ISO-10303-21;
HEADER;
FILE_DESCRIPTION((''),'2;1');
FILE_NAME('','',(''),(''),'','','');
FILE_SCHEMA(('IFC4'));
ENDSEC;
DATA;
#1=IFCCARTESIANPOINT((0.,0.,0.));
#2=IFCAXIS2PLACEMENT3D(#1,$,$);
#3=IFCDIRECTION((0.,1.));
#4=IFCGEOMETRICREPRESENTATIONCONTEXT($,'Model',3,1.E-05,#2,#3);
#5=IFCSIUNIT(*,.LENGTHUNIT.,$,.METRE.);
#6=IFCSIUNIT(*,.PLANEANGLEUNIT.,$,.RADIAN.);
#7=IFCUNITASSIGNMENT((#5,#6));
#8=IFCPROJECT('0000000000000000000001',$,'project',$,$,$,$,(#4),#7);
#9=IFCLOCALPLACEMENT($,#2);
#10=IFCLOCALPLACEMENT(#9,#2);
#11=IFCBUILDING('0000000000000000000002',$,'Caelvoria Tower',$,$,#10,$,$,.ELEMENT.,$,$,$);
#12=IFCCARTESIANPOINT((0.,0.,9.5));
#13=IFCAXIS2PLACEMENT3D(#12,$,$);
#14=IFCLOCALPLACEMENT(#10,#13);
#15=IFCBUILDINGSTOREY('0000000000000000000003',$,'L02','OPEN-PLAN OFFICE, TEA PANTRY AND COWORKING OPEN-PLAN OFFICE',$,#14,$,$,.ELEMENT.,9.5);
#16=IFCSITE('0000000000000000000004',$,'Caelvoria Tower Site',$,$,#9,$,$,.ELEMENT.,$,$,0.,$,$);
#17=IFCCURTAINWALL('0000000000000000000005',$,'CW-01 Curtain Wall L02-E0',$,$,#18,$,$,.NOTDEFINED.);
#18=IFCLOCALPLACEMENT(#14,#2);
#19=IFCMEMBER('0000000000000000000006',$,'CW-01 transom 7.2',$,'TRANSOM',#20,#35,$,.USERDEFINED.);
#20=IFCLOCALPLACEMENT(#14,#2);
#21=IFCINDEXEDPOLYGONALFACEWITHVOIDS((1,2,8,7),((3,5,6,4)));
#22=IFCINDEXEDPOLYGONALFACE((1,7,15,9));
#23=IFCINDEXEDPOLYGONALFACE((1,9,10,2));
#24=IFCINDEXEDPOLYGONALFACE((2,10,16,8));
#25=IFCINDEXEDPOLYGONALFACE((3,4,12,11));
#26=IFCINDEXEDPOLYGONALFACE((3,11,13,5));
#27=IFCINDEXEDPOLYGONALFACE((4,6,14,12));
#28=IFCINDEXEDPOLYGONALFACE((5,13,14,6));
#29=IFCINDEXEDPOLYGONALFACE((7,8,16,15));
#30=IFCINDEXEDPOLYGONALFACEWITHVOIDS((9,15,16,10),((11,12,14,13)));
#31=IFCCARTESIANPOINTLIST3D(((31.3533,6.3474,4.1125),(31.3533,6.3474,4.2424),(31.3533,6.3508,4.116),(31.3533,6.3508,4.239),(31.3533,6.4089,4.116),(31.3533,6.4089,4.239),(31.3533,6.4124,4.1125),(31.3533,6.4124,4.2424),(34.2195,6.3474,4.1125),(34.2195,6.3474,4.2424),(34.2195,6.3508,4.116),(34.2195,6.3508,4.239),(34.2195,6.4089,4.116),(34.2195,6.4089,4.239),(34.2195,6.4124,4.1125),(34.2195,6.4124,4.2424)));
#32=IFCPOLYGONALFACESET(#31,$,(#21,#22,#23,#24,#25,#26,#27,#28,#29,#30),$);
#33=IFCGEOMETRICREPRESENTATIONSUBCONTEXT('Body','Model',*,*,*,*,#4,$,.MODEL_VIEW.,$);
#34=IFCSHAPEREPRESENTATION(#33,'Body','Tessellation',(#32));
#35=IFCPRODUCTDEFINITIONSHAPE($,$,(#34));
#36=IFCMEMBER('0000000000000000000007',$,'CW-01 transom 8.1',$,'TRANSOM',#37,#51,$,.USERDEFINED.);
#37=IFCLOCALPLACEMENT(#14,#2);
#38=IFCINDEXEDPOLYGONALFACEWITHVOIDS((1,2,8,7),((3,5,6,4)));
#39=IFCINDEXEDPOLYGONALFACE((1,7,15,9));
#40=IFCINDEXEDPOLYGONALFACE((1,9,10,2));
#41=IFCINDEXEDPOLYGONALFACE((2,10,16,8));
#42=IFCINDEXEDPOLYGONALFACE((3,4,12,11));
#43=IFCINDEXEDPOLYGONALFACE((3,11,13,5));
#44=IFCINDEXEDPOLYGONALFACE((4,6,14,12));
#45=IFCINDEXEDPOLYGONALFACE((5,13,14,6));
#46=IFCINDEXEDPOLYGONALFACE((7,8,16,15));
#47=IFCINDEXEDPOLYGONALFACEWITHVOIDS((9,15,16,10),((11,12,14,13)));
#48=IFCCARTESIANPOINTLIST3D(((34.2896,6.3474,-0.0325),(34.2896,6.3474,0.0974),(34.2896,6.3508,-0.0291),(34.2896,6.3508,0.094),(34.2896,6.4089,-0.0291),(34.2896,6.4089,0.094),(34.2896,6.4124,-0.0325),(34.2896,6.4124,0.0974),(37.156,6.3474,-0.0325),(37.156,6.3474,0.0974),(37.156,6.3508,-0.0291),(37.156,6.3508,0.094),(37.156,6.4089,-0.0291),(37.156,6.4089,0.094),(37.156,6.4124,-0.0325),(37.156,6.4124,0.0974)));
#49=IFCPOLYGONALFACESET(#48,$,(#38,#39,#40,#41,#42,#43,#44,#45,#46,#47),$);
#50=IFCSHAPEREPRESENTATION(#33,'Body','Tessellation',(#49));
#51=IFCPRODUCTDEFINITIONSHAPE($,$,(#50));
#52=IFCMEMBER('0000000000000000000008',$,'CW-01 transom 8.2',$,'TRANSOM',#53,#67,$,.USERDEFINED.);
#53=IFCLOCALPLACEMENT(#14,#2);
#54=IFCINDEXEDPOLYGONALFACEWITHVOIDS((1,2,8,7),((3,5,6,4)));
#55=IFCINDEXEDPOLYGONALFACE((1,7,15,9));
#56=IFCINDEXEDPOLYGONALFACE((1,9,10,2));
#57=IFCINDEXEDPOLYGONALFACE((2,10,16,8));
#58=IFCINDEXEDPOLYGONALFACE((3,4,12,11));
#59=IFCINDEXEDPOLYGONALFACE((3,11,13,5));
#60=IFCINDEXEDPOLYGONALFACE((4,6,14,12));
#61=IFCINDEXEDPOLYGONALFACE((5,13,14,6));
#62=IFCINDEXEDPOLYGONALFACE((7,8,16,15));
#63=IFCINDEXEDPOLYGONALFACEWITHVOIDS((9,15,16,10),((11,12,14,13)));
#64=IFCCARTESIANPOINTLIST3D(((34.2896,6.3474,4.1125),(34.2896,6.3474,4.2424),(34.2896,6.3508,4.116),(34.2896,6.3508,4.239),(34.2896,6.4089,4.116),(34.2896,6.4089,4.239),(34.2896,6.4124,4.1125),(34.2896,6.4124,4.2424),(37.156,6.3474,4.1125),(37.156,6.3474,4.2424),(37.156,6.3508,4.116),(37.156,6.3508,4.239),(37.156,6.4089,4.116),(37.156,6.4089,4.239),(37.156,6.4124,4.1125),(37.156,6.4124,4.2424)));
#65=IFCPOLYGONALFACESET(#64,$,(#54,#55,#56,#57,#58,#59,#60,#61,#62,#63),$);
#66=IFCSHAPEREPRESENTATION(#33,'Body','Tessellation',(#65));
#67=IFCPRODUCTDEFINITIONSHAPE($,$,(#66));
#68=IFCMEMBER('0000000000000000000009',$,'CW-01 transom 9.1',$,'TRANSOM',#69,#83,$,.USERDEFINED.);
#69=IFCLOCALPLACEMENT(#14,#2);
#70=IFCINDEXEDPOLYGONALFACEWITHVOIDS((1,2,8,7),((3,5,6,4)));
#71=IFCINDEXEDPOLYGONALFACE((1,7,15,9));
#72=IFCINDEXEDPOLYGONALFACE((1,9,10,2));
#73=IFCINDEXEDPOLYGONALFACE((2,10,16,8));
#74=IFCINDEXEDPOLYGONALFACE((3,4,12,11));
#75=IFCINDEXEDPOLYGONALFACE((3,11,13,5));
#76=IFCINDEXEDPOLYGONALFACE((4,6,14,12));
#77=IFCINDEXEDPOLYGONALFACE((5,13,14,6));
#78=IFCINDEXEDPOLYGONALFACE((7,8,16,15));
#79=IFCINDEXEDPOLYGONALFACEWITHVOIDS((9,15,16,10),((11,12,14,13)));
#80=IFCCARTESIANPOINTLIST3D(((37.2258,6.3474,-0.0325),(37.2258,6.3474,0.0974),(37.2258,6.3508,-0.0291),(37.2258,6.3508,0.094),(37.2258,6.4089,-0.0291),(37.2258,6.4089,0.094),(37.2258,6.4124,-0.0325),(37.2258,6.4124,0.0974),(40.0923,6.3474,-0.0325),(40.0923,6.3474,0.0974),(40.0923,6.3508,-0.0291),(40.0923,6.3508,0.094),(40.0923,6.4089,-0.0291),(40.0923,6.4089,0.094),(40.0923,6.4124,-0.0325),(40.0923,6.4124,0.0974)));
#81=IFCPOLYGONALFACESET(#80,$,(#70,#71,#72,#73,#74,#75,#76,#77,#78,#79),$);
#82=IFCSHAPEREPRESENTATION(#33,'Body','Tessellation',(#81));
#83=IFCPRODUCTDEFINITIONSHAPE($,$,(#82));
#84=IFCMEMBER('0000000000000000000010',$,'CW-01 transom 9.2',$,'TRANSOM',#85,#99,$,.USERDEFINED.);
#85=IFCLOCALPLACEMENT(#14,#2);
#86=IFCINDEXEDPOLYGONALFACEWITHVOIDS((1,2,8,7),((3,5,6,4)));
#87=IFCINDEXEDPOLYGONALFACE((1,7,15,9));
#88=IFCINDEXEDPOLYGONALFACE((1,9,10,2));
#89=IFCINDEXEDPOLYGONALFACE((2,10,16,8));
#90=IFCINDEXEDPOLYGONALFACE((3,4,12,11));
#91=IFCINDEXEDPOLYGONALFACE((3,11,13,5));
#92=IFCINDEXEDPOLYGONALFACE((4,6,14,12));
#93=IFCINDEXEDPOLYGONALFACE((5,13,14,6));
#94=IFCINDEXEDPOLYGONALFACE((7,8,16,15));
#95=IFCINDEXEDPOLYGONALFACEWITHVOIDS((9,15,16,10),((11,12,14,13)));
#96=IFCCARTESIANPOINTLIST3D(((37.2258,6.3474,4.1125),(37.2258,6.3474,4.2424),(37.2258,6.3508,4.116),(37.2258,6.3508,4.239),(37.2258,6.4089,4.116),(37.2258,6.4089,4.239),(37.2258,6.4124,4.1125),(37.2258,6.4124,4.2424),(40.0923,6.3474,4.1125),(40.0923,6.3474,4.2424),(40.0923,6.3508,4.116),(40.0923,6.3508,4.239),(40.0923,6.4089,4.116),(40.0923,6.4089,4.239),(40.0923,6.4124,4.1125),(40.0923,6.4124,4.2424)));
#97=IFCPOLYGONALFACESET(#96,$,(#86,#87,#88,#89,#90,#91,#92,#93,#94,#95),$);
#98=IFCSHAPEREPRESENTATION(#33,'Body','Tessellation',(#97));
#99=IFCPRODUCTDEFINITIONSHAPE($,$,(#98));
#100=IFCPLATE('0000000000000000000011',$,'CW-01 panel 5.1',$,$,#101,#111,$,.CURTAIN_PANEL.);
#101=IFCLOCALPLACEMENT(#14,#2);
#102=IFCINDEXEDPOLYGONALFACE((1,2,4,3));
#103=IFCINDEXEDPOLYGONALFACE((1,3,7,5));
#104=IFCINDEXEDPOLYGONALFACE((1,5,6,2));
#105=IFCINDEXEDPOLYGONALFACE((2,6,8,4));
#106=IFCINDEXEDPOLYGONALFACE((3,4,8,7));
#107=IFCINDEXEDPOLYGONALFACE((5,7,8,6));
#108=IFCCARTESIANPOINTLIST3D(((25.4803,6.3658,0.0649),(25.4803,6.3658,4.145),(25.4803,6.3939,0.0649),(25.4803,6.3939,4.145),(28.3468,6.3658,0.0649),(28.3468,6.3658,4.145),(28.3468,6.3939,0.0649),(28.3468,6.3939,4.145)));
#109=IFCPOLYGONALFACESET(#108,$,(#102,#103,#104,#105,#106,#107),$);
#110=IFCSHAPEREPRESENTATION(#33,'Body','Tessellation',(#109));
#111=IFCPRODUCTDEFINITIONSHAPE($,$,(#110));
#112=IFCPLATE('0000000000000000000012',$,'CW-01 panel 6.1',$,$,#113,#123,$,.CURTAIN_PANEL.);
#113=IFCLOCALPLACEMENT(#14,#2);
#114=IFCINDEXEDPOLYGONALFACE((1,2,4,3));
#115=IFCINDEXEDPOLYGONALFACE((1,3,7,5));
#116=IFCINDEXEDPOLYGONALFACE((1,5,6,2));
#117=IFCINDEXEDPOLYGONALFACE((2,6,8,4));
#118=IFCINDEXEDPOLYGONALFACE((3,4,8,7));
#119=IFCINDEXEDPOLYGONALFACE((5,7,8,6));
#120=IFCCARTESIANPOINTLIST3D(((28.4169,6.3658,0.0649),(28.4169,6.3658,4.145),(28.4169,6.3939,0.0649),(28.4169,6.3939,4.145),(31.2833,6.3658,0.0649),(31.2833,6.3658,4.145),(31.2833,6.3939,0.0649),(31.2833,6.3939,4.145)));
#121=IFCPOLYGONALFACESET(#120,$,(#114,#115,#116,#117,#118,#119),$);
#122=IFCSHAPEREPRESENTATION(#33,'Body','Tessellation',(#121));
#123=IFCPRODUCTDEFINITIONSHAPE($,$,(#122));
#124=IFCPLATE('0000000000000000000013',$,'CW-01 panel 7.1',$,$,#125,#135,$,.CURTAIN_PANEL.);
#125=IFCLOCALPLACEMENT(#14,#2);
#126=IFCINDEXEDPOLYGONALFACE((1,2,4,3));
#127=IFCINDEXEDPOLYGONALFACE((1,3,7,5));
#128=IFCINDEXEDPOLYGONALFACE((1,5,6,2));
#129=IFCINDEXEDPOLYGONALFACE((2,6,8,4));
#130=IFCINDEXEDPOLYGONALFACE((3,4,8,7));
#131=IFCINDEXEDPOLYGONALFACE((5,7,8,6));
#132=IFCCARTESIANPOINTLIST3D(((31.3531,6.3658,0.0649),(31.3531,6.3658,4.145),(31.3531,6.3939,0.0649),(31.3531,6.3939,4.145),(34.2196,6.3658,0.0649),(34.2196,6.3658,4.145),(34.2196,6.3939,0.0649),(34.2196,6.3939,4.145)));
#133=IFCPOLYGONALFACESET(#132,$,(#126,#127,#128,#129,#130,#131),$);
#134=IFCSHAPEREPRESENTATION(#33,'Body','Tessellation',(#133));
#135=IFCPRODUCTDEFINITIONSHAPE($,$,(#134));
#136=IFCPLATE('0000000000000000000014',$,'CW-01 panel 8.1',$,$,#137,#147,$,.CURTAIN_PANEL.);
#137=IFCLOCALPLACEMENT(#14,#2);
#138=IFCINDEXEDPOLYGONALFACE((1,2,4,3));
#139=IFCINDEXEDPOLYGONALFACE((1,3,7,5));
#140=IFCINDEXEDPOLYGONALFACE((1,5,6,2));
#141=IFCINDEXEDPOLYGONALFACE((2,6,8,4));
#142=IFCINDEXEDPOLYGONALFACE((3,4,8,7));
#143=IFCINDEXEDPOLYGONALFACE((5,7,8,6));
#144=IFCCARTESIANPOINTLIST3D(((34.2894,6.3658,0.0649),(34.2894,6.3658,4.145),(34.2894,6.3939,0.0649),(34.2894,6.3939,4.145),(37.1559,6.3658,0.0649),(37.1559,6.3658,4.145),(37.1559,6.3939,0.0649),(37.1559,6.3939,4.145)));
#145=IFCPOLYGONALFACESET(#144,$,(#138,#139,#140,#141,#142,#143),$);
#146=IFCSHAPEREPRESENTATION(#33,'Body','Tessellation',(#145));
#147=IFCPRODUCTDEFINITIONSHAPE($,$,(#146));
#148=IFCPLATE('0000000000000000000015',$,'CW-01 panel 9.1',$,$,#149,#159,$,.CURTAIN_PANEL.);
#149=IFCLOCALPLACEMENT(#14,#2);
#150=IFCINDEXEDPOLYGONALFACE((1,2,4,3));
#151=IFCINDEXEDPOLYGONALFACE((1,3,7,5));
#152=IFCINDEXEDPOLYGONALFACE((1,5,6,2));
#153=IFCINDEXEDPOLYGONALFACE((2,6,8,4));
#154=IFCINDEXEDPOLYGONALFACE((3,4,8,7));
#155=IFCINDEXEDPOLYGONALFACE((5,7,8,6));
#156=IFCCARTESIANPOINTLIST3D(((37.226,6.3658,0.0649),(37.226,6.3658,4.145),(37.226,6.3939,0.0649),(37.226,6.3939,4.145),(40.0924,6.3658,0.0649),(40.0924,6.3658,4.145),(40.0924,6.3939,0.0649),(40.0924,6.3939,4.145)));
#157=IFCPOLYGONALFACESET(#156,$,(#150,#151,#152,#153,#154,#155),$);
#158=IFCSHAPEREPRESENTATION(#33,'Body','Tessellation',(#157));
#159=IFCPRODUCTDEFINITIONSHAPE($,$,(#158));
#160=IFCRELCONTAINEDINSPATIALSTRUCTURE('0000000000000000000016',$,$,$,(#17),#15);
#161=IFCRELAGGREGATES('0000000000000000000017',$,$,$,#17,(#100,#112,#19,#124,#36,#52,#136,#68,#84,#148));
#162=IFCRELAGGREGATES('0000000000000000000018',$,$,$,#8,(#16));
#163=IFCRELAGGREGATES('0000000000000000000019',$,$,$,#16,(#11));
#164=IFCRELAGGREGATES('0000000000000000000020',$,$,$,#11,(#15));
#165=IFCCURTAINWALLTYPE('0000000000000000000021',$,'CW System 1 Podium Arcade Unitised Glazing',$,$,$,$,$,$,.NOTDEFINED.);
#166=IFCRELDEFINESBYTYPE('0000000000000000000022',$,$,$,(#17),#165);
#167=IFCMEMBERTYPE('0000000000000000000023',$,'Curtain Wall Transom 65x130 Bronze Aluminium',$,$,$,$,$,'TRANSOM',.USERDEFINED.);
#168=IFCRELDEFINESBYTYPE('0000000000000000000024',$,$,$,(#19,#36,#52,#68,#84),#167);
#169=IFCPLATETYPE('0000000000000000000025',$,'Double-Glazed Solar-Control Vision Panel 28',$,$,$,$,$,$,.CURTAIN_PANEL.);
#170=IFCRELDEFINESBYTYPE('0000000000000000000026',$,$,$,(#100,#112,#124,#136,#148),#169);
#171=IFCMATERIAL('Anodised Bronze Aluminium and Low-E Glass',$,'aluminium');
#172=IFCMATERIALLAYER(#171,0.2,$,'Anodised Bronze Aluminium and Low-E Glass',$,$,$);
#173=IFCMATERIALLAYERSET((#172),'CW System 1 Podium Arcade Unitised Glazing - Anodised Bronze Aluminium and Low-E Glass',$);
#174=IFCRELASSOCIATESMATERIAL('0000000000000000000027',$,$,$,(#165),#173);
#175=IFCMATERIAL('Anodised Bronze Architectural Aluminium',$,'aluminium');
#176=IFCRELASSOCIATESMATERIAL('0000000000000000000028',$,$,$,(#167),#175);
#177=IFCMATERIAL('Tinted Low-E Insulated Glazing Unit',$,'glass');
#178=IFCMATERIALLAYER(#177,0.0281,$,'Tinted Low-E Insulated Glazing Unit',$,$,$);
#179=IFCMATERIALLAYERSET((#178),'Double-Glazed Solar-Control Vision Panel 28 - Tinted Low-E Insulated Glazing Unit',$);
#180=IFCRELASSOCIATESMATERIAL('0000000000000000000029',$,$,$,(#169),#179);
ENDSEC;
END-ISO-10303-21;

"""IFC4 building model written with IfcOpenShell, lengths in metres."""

from ifc_helpers import new_model, si_unit, direction, frame, origin, origin_2d, place, context, subcontext, project, spatial, rectangle, hollow_rectangle, extrude, material, layer, layer_set, material_profile, profile_set, type_object, element, aggregate, save


model = new_model("IFC4")

# Units and contexts
model_context = context("Model", 3, precision=1e-05, world=origin(), true_north=direction((0.0, 1.0)))
body_context = subcontext(model_context, "Body", "Model", "MODEL_VIEW")
ifc_project = project(units=[si_unit("LENGTHUNIT", "METRE"), si_unit("PLANEANGLEUNIT", "RADIAN")], contexts=[model_context])

# Site, building, storey
site_placement = place(None, origin())
site = spatial("IfcSite", under=ifc_project, at=site_placement, Name="Caelvoria Tower Site", CompositionType="ELEMENT", RefElevation=0.0)
building_placement = place(site_placement, origin())
building = spatial("IfcBuilding", under=site, at=building_placement, Name="Caelvoria Tower", CompositionType="ELEMENT")
storey_placement = place(building_placement, frame((0.0, 0.0, 9.5)))
storey = spatial("IfcBuildingStorey", under=building, at=storey_placement, Name="L02", Description="OPEN-PLAN OFFICE, TEA PANTRY AND COWORKING OPEN-PLAN OFFICE", CompositionType="ELEMENT", Elevation=9.5)

# Curtain wall, members, plates
ifc_material_1 = material(Name="Anodised Bronze Aluminium and Low-E Glass", Category="aluminium")
ifc_layer_1 = layer(ifc_material_1, 0.2, Name="Anodised Bronze Aluminium and Low-E Glass")
ifc_layer_set_1 = layer_set([ifc_layer_1], Name="CW System 1 Podium Arcade Unitised Glazing - Anodised Bronze Aluminium and Low-E Glass")
curtain_wall_type = type_object("IfcCurtainWallType", Name="CW System 1 Podium Arcade Unitised Glazing", PredefinedType="NOTDEFINED", material=ifc_layer_set_1)
curtain_wall_placement = place(storey_placement, origin())
curtain_wall = element("IfcCurtainWall", 1, at=curtain_wall_placement, inside=storey, type_object=curtain_wall_type, Name="CW-01 Curtain Wall L02-E0", PredefinedType="NOTDEFINED")
ifc_material_2 = material(Name="Anodised Bronze Architectural Aluminium", Category="aluminium")
ifc_material_profile_1 = material_profile(ifc_material_2, hollow_rectangle(XDim=0.0649, YDim=0.1299, WallThickness=0.0034, at=origin_2d()), Name="Anodised Bronze Architectural Aluminium")
ifc_profile_set_1 = profile_set([ifc_material_profile_1], Name="CW_TRAN_65X130 - Anodised Bronze Architectural Aluminium")
member_type_1 = type_object("IfcMemberType", Name="Curtain Wall Transom 65x130 Bronze Aluminium", ElementType="TRANSOM", PredefinedType="USERDEFINED", material=ifc_profile_set_1)
member_1_placement = place(storey_placement, frame((31.3533, 6.3799, 4.1775), z_axis=(1.0, 0.0, 0.0), x_axis=(0.0, 1.0, 0.0)))
member_1 = element("IfcMember", 2, at=member_1_placement, type_object=member_type_1, Name="CW-01 transom 7.2", ObjectType="TRANSOM", PredefinedType="USERDEFINED", context=body_context, shape_type="SweptSolid", body=[
    extrude(hollow_rectangle(XDim=0.0649, YDim=0.1299, WallThickness=0.0034, at=origin_2d()), origin(), (0.0, 0.0, 1.0), 2.8662),
])
member_2_placement = place(storey_placement, frame((34.2896, 6.3799, 0.0325), z_axis=(1.0, 0.0, 0.0), x_axis=(0.0, 1.0, 0.0)))
member_2 = element("IfcMember", 3, at=member_2_placement, type_object=member_type_1, Name="CW-01 transom 8.1", ObjectType="TRANSOM", PredefinedType="USERDEFINED", context=body_context, shape_type="SweptSolid", body=[
    extrude(hollow_rectangle(XDim=0.0649, YDim=0.1299, WallThickness=0.0034, at=origin_2d()), origin(), (0.0, 0.0, 1.0), 2.8665),
])
member_3_placement = place(storey_placement, frame((34.2896, 6.3799, 4.1775), z_axis=(1.0, 0.0, 0.0), x_axis=(0.0, 1.0, 0.0)))
member_3 = element("IfcMember", 4, at=member_3_placement, type_object=member_type_1, Name="CW-01 transom 8.2", ObjectType="TRANSOM", PredefinedType="USERDEFINED", context=body_context, shape_type="SweptSolid", body=[
    extrude(hollow_rectangle(XDim=0.0649, YDim=0.1299, WallThickness=0.0034, at=origin_2d()), origin(), (0.0, 0.0, 1.0), 2.8665),
])
member_4_placement = place(storey_placement, frame((37.2258, 6.3799, 0.0325), z_axis=(1.0, 0.0, 0.0), x_axis=(0.0, 1.0, 0.0)))
member_4 = element("IfcMember", 5, at=member_4_placement, type_object=member_type_1, Name="CW-01 transom 9.1", ObjectType="TRANSOM", PredefinedType="USERDEFINED", context=body_context, shape_type="SweptSolid", body=[
    extrude(hollow_rectangle(XDim=0.0649, YDim=0.1299, WallThickness=0.0034, at=origin_2d()), origin(), (0.0, 0.0, 1.0), 2.8665),
])
member_5_placement = place(storey_placement, frame((37.2258, 6.3799, 4.1775), z_axis=(1.0, 0.0, 0.0), x_axis=(0.0, 1.0, 0.0)))
member_5 = element("IfcMember", 6, at=member_5_placement, type_object=member_type_1, Name="CW-01 transom 9.2", ObjectType="TRANSOM", PredefinedType="USERDEFINED", context=body_context, shape_type="SweptSolid", body=[
    extrude(hollow_rectangle(XDim=0.0649, YDim=0.1299, WallThickness=0.0034, at=origin_2d()), origin(), (0.0, 0.0, 1.0), 2.8665),
])
ifc_material_3 = material(Name="Tinted Low-E Insulated Glazing Unit", Category="glass")
ifc_layer_2 = layer(ifc_material_3, 0.0281, Name="Tinted Low-E Insulated Glazing Unit")
ifc_layer_set_2 = layer_set([ifc_layer_2], Name="Double-Glazed Solar-Control Vision Panel 28 - Tinted Low-E Insulated Glazing Unit")
plate_type = type_object("IfcPlateType", Name="Double-Glazed Solar-Control Vision Panel 28", PredefinedType="CURTAIN_PANEL", material=ifc_layer_set_2)
plate_1_placement = place(storey_placement, frame((26.9136, 6.3799, 0.0649), z_axis=(0.0, 0.0, 1.0), x_axis=(1.0, 0.0, 0.0)))
plate_1 = element("IfcPlate", 7, at=plate_1_placement, type_object=plate_type, Name="CW-01 panel 5.1", PredefinedType="CURTAIN_PANEL", context=body_context, shape_type="SweptSolid", body=[
    extrude(rectangle(XDim=2.8665, YDim=0.0281, at=origin_2d()), origin(), (0.0, 0.0, 1.0), 4.0801),
])
plate_2_placement = place(storey_placement, frame((29.8501, 6.3799, 0.0649), z_axis=(0.0, 0.0, 1.0), x_axis=(1.0, 0.0, 0.0)))
plate_2 = element("IfcPlate", 8, at=plate_2_placement, type_object=plate_type, Name="CW-01 panel 6.1", PredefinedType="CURTAIN_PANEL", context=body_context, shape_type="SweptSolid", body=[
    extrude(rectangle(XDim=2.8665, YDim=0.0281, at=origin_2d()), origin(), (0.0, 0.0, 1.0), 4.0801),
])
plate_3_placement = place(storey_placement, frame((32.7864, 6.3799, 0.0649), z_axis=(0.0, 0.0, 1.0), x_axis=(1.0, 0.0, 0.0)))
plate_3 = element("IfcPlate", 9, at=plate_3_placement, type_object=plate_type, Name="CW-01 panel 7.1", PredefinedType="CURTAIN_PANEL", context=body_context, shape_type="SweptSolid", body=[
    extrude(rectangle(XDim=2.8665, YDim=0.0281, at=origin_2d()), origin(), (0.0, 0.0, 1.0), 4.0801),
])
plate_4_placement = place(storey_placement, frame((35.7227, 6.3799, 0.0649), z_axis=(0.0, 0.0, 1.0), x_axis=(1.0, 0.0, 0.0)))
plate_4 = element("IfcPlate", 10, at=plate_4_placement, type_object=plate_type, Name="CW-01 panel 8.1", PredefinedType="CURTAIN_PANEL", context=body_context, shape_type="SweptSolid", body=[
    extrude(rectangle(XDim=2.8665, YDim=0.0281, at=origin_2d()), origin(), (0.0, 0.0, 1.0), 4.0801),
])
plate_5_placement = place(storey_placement, frame((38.6592, 6.3799, 0.0649), z_axis=(0.0, 0.0, 1.0), x_axis=(1.0, 0.0, 0.0)))
plate_5 = element("IfcPlate", 11, at=plate_5_placement, type_object=plate_type, Name="CW-01 panel 9.1", PredefinedType="CURTAIN_PANEL", context=body_context, shape_type="SweptSolid", body=[
    extrude(rectangle(XDim=2.8665, YDim=0.0281, at=origin_2d()), origin(), (0.0, 0.0, 1.0), 4.0801),
])
aggregate(curtain_wall, [plate_1, plate_2, member_1, plate_3, member_2, member_3, plate_4, member_4, member_5, plate_5])

save(model, "model.ifc")
